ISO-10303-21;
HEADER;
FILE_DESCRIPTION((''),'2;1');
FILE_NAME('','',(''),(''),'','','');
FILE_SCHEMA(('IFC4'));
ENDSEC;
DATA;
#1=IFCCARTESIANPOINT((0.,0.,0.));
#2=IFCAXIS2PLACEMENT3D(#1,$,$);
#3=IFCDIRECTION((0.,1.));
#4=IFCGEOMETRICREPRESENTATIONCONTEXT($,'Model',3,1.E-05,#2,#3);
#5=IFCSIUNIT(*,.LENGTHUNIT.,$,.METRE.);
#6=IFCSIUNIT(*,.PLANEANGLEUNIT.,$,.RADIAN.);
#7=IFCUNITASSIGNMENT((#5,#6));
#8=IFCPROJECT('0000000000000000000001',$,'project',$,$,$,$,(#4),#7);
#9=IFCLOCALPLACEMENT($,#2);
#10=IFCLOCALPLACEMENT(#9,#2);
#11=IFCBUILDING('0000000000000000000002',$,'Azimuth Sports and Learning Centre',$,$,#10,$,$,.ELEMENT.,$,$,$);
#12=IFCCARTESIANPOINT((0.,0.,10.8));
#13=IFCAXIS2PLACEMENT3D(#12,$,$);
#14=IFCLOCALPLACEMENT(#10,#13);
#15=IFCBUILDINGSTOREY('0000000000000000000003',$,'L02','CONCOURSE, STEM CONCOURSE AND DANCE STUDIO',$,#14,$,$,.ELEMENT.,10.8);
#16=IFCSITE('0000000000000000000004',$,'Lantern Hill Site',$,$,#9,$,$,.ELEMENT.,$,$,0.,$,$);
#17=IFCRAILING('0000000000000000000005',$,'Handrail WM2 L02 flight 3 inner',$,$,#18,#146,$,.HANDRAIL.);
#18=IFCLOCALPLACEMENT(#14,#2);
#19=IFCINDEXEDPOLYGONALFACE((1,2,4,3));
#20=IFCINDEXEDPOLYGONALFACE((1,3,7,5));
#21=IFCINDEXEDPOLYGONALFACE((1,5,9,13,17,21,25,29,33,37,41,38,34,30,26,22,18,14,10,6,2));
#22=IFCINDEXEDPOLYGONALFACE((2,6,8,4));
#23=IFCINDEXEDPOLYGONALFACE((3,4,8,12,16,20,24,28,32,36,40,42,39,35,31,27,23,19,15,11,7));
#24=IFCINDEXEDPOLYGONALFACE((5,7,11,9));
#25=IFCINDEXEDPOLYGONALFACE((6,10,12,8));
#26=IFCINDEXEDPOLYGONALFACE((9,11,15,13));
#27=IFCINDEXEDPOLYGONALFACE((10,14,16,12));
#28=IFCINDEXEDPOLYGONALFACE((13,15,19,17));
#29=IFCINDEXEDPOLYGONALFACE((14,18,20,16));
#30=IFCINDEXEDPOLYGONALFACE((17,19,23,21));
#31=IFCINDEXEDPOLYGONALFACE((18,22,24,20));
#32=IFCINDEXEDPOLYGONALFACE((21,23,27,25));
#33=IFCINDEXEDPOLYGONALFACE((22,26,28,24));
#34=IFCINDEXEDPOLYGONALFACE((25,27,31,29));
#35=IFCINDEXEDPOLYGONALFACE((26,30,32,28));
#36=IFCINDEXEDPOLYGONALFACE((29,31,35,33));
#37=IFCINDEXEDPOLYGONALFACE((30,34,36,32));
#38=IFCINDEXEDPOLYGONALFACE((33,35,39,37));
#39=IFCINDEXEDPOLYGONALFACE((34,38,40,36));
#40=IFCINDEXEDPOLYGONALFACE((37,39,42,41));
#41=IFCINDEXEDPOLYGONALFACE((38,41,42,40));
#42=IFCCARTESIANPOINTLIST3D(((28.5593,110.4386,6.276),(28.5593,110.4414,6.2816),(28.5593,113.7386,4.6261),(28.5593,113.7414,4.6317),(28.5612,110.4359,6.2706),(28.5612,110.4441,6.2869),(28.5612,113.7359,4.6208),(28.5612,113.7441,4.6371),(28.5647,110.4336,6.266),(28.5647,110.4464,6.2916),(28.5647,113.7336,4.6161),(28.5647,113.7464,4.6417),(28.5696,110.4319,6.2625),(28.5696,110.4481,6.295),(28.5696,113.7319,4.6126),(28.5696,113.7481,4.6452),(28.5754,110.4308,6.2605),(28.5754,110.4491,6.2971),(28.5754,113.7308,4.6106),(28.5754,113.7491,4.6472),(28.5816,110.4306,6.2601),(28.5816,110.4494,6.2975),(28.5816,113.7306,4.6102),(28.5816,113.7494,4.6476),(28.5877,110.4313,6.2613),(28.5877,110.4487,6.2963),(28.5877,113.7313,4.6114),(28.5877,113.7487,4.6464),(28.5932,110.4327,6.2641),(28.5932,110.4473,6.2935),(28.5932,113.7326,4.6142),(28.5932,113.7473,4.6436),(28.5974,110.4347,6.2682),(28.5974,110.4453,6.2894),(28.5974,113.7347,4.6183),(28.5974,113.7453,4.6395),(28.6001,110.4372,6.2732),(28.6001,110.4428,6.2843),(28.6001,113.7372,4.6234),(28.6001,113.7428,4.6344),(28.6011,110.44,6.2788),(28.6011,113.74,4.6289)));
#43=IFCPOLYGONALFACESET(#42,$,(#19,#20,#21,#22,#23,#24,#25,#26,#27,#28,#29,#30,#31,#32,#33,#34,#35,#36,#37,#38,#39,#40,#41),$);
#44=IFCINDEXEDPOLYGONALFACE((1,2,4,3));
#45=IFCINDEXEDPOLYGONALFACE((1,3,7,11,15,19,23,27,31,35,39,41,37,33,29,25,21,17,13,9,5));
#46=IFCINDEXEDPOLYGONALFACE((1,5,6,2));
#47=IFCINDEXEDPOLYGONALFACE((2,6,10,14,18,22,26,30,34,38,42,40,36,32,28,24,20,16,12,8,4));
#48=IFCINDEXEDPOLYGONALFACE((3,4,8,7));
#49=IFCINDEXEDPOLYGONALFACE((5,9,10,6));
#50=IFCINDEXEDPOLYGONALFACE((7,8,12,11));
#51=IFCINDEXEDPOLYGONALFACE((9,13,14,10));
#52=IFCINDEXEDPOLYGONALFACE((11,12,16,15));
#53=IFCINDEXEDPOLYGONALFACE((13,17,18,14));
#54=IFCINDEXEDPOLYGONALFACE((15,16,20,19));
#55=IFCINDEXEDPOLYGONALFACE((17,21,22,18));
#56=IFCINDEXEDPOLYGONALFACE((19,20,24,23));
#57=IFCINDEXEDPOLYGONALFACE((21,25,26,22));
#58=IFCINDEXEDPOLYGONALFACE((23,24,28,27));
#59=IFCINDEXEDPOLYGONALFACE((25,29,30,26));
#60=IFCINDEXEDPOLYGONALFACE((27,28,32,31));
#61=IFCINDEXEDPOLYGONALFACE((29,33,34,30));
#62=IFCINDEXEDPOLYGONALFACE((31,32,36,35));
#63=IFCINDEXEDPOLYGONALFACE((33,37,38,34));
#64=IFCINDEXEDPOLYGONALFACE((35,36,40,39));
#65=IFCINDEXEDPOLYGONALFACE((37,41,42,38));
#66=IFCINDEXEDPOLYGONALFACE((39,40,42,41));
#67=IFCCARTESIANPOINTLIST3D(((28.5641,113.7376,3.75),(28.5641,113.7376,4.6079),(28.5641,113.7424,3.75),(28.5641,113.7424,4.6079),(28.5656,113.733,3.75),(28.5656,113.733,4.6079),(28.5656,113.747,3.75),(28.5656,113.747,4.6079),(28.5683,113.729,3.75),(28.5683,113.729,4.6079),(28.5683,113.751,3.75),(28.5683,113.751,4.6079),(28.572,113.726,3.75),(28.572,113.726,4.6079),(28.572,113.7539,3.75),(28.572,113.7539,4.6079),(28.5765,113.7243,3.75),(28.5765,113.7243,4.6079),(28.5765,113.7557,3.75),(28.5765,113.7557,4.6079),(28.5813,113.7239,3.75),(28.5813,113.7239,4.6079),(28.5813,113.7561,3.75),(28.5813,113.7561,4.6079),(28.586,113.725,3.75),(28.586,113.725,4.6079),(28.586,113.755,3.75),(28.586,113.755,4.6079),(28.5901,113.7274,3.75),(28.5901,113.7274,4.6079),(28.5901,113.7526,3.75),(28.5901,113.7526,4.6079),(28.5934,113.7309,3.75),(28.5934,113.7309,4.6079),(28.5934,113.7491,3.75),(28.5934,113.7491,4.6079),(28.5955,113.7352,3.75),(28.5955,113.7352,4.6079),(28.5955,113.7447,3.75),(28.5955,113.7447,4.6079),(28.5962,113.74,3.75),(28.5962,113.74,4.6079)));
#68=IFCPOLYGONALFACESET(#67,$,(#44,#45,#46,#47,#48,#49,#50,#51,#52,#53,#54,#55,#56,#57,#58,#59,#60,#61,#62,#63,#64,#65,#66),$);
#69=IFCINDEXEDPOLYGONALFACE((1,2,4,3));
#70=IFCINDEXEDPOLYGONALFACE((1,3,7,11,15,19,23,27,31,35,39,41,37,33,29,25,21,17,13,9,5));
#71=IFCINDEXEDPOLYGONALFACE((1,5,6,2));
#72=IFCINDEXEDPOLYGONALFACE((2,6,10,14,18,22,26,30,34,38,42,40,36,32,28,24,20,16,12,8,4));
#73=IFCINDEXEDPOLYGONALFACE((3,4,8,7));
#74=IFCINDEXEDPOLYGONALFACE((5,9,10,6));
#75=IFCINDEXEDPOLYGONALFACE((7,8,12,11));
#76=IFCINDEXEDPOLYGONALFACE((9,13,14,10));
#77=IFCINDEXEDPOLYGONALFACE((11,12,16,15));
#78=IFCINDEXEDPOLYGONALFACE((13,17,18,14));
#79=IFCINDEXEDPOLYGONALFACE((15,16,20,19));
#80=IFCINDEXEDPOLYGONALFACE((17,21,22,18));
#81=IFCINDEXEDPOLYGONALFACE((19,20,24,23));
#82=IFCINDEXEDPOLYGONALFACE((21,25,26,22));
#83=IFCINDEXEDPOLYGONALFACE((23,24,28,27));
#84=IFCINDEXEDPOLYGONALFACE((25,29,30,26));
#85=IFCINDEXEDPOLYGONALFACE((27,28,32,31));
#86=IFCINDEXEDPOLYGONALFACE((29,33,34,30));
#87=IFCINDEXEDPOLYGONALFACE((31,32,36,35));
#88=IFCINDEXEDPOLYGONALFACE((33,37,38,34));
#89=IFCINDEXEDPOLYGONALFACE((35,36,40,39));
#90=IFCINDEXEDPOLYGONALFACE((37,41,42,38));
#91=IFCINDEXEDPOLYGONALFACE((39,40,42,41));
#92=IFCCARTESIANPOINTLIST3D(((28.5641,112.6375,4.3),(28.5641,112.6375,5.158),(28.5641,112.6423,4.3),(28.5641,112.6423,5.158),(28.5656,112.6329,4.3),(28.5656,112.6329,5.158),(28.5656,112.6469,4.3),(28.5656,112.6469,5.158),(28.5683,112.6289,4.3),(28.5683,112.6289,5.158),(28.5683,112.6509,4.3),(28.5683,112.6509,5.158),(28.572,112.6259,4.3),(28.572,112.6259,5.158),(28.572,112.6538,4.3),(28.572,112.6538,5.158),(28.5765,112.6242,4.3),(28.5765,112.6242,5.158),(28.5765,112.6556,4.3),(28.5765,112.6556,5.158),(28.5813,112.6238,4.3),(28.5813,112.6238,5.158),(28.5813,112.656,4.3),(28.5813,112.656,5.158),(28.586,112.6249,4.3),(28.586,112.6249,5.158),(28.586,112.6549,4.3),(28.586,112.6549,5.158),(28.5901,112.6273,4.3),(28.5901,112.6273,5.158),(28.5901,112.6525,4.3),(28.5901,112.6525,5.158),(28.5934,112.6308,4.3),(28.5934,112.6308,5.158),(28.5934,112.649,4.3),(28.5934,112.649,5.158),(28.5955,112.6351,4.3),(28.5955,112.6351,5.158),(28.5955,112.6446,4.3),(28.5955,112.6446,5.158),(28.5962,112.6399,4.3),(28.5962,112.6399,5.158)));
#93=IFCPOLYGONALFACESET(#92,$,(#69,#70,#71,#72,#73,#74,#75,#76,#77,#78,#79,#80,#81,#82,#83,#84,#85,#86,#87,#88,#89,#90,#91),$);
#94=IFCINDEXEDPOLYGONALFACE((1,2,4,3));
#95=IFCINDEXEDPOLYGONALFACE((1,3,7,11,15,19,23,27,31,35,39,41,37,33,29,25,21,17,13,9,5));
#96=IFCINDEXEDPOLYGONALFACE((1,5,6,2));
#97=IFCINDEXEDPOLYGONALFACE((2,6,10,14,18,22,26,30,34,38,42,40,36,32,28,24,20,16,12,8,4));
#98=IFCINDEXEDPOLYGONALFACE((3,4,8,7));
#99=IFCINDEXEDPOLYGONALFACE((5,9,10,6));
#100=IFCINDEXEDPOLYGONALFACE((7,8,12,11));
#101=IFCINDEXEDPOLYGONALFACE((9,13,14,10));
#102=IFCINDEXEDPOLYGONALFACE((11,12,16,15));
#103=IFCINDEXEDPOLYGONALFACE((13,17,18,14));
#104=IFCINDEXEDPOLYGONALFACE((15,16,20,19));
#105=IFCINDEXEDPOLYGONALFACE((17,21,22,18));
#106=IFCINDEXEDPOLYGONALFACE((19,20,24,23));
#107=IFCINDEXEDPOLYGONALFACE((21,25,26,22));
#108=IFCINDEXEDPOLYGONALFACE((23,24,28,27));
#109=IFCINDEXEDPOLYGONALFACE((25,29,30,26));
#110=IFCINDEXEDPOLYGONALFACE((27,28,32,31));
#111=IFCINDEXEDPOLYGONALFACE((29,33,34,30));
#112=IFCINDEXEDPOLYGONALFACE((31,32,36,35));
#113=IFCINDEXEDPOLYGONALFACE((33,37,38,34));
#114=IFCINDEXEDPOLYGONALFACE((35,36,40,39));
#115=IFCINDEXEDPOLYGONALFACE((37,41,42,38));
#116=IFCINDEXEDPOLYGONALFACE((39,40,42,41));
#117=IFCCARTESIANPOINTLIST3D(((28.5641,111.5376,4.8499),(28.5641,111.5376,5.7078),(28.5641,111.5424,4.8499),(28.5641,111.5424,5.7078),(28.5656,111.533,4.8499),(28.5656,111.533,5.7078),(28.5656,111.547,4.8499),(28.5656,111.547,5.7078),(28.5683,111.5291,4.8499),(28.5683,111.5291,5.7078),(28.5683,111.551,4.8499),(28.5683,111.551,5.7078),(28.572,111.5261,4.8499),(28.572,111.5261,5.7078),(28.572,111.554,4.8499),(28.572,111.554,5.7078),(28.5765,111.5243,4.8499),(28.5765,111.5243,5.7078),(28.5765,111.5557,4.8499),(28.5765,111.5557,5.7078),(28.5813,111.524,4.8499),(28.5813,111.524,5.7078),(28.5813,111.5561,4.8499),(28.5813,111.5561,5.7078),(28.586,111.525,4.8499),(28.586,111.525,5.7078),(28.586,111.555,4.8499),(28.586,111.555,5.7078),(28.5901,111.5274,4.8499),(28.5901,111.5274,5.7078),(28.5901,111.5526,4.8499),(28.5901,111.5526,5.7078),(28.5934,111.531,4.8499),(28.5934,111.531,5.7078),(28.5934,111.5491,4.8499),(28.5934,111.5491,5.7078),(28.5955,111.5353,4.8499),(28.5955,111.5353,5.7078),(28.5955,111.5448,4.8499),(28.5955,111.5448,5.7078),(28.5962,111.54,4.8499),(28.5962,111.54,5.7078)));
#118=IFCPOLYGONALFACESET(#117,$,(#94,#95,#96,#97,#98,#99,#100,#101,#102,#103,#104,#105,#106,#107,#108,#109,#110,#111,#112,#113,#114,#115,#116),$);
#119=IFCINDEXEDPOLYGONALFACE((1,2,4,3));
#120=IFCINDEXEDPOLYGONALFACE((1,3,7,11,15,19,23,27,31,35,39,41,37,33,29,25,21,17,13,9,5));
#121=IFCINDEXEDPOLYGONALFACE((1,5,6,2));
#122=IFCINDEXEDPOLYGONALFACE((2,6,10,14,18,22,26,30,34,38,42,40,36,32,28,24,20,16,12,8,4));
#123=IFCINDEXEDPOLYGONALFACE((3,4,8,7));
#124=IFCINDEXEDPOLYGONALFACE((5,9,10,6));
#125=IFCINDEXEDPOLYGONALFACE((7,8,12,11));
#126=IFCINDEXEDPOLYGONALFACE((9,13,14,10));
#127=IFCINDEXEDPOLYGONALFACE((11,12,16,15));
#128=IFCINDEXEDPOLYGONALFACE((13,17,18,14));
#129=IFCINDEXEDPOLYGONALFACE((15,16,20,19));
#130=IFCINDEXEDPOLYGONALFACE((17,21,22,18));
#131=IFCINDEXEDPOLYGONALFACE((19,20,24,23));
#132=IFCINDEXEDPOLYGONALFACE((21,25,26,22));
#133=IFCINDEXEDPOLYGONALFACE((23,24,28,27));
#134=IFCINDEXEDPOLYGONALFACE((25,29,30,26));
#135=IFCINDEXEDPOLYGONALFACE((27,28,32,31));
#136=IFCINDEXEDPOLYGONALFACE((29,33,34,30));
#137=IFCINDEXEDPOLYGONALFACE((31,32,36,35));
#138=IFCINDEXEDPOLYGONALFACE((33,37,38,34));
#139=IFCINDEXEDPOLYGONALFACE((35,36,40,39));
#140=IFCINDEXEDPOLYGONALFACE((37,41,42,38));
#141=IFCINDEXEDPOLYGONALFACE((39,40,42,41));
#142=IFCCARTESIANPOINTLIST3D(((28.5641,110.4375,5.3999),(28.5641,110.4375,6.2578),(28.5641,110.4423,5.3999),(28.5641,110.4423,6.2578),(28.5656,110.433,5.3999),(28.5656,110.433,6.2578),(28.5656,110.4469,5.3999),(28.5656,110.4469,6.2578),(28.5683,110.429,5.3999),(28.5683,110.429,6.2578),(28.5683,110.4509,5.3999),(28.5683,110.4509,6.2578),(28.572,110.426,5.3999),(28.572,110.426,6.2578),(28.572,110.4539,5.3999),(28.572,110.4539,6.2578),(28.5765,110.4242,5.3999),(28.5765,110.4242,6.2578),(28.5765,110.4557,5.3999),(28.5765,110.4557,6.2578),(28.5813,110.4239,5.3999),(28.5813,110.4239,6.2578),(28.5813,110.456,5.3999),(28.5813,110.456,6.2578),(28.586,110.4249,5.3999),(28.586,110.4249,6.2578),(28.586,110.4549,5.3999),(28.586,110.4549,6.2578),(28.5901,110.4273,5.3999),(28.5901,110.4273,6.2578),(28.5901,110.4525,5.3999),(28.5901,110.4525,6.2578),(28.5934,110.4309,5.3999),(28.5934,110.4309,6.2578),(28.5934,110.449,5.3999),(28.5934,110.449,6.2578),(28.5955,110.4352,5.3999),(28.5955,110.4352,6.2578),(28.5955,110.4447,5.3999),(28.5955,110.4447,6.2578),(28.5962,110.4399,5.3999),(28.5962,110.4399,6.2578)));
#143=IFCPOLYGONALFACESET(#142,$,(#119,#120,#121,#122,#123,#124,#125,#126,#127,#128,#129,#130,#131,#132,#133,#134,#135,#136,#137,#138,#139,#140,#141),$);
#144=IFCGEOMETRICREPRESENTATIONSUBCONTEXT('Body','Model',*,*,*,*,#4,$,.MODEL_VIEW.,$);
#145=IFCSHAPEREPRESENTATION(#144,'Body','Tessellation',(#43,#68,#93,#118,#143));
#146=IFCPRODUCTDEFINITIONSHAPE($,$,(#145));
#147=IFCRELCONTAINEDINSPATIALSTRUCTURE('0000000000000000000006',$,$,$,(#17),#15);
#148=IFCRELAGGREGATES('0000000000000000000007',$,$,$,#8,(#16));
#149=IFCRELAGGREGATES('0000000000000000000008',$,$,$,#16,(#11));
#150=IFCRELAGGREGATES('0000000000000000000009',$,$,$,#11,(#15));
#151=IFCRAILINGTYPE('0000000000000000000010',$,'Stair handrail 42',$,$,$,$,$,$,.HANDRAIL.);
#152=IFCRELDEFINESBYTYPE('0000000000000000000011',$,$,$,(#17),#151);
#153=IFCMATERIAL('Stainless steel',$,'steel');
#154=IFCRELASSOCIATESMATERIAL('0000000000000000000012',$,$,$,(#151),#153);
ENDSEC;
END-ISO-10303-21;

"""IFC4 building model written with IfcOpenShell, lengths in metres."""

from ifc_helpers import new_model, si_unit, direction, frame, origin, origin_2d, place, context, subcontext, project, spatial, circle, extrude, material, type_object, element, save


model = new_model("IFC4")

# Units and contexts
model_context = context("Model", 3, precision=1e-05, world=origin(), true_north=direction((0.0, 1.0)))
body_context = subcontext(model_context, "Body", "Model", "MODEL_VIEW")
ifc_project = project(units=[si_unit("LENGTHUNIT", "METRE"), si_unit("PLANEANGLEUNIT", "RADIAN")], contexts=[model_context])

# Site, building, storey
site_placement = place(None, origin())
site = spatial("IfcSite", under=ifc_project, at=site_placement, Name="Lantern Hill Site", CompositionType="ELEMENT", RefElevation=0.0)
building_placement = place(site_placement, origin())
building = spatial("IfcBuilding", under=site, at=building_placement, Name="Azimuth Sports and Learning Centre", CompositionType="ELEMENT")
storey_placement = place(building_placement, frame((0.0, 0.0, 10.8)))
storey = spatial("IfcBuildingStorey", under=building, at=storey_placement, Name="L02", Description="CONCOURSE, STEM CONCOURSE AND DANCE STUDIO", CompositionType="ELEMENT", Elevation=10.8)

# Railing
ifc_material_1 = material(Name="Stainless steel", Category="steel")
railing_type_1 = type_object("IfcRailingType", Name="Stair handrail 42", PredefinedType="HANDRAIL", material=ifc_material_1)
for number, where, name in (
    (1, (28.5801, 113.74, 3.75), "Handrail WM2 L02 flight 3 inner"),
):
    element("IfcRailing", number, at=place(storey_placement, frame(where)), inside=storey, type_object=railing_type_1, Name=name, PredefinedType="HANDRAIL", context=body_context, shape_type="SweptSolid", body=[
        extrude(circle(Radius=0.021, at=origin_2d()), frame((0.0, 0.0, 0.8789), z_axis=(0.0, -0.89444, 0.447187), x_axis=(1.0, 0.0, 0.0)), (0.0, 0.0, 1.0), 3.6895),
        extrude(circle(Radius=0.0161, at=origin_2d()), origin(), (0.0, 0.0, 1.0), 0.8579),
        extrude(circle(Radius=0.0161, at=origin_2d()), frame((0.0, -1.1001, 0.55)), (0.0, 0.0, 1.0), 0.8579),
        extrude(circle(Radius=0.0161, at=origin_2d()), frame((0.0, -2.2, 1.0999)), (0.0, 0.0, 1.0), 0.8579),
        extrude(circle(Radius=0.0161, at=origin_2d()), frame((0.0, -3.3, 1.6499)), (0.0, 0.0, 1.0), 0.8579),
    ])

save(model, "model.ifc")
